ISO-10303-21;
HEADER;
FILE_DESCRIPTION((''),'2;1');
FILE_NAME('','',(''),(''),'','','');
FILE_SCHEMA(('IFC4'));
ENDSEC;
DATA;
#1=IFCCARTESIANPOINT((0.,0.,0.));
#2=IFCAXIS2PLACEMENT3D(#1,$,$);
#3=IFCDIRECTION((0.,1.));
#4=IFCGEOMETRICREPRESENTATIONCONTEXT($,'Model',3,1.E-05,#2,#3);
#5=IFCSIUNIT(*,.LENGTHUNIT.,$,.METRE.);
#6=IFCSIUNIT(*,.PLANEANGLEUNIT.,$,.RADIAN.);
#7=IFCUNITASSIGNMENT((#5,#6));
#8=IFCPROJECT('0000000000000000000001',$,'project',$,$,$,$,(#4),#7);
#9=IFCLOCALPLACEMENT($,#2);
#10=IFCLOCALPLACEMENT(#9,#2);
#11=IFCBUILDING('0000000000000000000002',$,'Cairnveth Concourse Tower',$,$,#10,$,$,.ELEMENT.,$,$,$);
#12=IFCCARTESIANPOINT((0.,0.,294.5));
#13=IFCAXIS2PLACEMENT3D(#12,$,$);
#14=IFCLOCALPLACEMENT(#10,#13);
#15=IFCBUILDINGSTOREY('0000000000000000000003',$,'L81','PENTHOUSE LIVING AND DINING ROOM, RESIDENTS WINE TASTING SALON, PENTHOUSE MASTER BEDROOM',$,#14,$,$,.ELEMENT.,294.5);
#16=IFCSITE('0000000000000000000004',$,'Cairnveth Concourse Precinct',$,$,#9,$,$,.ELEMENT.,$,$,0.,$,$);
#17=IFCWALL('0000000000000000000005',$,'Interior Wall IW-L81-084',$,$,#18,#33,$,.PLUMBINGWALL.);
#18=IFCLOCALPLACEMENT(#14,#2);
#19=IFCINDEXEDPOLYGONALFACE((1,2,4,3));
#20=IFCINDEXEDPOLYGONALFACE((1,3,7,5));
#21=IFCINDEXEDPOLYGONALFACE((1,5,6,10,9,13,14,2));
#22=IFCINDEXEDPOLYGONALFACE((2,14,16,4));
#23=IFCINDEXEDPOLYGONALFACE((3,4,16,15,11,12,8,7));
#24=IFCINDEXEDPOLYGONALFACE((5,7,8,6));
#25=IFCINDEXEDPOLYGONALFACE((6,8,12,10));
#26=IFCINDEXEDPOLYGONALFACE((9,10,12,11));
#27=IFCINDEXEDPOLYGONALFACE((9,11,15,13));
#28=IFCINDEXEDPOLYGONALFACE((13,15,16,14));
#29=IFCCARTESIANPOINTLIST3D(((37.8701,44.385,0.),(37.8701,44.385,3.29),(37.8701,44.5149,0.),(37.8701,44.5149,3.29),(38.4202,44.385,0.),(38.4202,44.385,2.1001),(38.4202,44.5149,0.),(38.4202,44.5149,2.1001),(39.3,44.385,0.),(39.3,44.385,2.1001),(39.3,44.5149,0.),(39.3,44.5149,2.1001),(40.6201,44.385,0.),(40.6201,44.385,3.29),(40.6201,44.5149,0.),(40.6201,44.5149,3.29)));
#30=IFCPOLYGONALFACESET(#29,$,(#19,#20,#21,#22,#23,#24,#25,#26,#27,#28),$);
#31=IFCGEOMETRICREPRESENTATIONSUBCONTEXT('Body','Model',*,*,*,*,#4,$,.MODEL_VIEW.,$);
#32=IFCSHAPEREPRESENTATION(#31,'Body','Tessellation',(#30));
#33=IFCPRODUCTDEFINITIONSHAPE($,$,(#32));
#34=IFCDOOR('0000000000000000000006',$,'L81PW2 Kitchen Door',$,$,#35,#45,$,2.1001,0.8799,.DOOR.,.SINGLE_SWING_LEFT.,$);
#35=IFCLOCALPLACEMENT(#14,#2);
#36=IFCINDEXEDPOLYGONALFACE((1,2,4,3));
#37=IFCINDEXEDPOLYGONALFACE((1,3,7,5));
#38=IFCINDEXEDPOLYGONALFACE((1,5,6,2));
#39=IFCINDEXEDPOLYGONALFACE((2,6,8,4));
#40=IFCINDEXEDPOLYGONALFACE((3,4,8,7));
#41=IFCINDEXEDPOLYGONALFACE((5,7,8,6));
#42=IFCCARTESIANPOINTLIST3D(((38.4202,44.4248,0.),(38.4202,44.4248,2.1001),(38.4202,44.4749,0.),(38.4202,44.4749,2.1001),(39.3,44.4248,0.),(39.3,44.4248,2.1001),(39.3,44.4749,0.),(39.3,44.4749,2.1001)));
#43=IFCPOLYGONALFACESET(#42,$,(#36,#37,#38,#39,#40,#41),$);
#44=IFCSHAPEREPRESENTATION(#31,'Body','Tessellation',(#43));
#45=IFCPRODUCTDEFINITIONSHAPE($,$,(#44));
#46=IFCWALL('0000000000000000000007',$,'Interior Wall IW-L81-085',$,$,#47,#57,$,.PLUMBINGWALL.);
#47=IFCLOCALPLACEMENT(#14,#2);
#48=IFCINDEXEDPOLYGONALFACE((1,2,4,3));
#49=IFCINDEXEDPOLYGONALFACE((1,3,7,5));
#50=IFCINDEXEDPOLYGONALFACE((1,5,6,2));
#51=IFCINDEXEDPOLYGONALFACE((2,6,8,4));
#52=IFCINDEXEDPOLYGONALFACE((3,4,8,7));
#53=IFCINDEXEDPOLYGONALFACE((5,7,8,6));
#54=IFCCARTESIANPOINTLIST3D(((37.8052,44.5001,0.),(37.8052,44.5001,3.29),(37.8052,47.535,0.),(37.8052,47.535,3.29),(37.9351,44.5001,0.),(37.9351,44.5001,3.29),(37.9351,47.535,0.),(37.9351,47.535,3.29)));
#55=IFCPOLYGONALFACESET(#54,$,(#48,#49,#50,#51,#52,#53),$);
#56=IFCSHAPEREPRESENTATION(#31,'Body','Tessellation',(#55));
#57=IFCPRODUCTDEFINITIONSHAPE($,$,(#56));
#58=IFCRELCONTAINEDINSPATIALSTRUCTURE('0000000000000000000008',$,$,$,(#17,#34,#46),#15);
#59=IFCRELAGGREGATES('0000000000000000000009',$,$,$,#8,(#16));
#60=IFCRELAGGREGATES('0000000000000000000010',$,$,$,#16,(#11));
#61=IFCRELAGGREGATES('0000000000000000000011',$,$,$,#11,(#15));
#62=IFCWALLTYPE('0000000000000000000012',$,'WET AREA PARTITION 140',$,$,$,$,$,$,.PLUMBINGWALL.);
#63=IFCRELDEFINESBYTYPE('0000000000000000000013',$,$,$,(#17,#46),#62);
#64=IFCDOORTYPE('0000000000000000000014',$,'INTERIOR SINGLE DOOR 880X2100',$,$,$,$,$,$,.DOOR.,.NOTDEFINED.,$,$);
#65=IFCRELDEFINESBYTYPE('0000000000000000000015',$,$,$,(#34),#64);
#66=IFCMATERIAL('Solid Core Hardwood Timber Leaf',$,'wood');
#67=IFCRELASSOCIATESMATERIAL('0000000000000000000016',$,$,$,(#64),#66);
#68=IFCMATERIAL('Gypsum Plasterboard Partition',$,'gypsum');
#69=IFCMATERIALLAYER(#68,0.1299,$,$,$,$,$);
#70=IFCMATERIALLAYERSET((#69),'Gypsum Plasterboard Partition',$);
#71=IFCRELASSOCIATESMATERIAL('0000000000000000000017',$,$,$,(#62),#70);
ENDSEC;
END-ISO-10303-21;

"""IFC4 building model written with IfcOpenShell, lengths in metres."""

from ifc_helpers import new_model, si_unit, direction, frame, frame_2d, origin, place, context, subcontext, project, spatial, rectangle, extrude, material, layer, layer_set, type_object, element, fill, save


model = new_model("IFC4")

# Units and contexts
model_context = context("Model", 3, precision=1e-05, world=origin(), true_north=direction((0.0, 1.0)))
body_context = subcontext(model_context, "Body", "Model", "MODEL_VIEW")
ifc_project = project(units=[si_unit("LENGTHUNIT", "METRE"), si_unit("PLANEANGLEUNIT", "RADIAN")], contexts=[model_context])

# Site, building, storey
site_placement = place(None, origin())
site = spatial("IfcSite", under=ifc_project, at=site_placement, Name="Cairnveth Concourse Precinct", CompositionType="ELEMENT", RefElevation=0.0)
building_placement = place(site_placement, origin())
building = spatial("IfcBuilding", under=site, at=building_placement, Name="Cairnveth Concourse Tower", CompositionType="ELEMENT")
storey_placement = place(building_placement, frame((0.0, 0.0, 294.5)))
storey = spatial("IfcBuildingStorey", under=building, at=storey_placement, Name="L81", Description="PENTHOUSE LIVING AND DINING ROOM, RESIDENTS WINE TASTING SALON, PENTHOUSE MASTER BEDROOM", CompositionType="ELEMENT", Elevation=294.5)

# Shared definitions
ifc_material_1 = material(Name="Gypsum Plasterboard Partition", Category="gypsum")

# Shared definitions
ifc_material_2 = material(Name="Solid Core Hardwood Timber Leaf", Category="wood")
door_type_1 = type_object("IfcDoorType", Name="INTERIOR SINGLE DOOR 880X2100", OperationType="NOTDEFINED", PredefinedType="DOOR", material=ifc_material_2)

# Shared definitions
ifc_layer_1 = layer(ifc_material_1, 0.1299)
ifc_layer_set_1 = layer_set([ifc_layer_1], Name="Gypsum Plasterboard Partition")
wall_type_1 = type_object("IfcWallType", Name="WET AREA PARTITION 140", PredefinedType="PLUMBINGWALL", material=ifc_layer_set_1)

# Wall, opening, door
wall_1_placement = place(storey_placement, frame((37.8701, 44.45, 0.0), z_axis=(0.0, 0.0, 1.0), x_axis=(1.0, 0.0, 0.0)))
wall_1 = element("IfcWall", 1, at=wall_1_placement, inside=storey, type_object=wall_type_1, Name="Interior Wall IW-L81-084", PredefinedType="PLUMBINGWALL", context=body_context, shape_type="SweptSolid", body=[
    extrude(rectangle(XDim=2.75, YDim=0.1299, at=frame_2d((1.375, 0.0))), origin(), (0.0, 0.0, 1.0), 3.29),
])
opening_1_placement = place(wall_1_placement, frame((0.55, 0.0, 0.0)))
opening_1 = element("IfcOpeningElement", 2, at=opening_1_placement, cuts=wall_1, PredefinedType="OPENING", context=body_context, shape_type="SweptSolid", body=[
    extrude(rectangle(XDim=0.8799, YDim=2.1001, at=frame_2d((0.4399, 1.05))), frame((0.0, 0.075, 0.0), z_axis=(0.0, -1.0, 0.0), x_axis=(1.0, 0.0, 0.0)), (0.0, 0.0, 1.0), 0.1499),
])
door_1_placement = place(opening_1_placement, origin())
door_1 = element("IfcDoor", 3, at=door_1_placement, inside=storey, type_object=door_type_1, Name="L81PW2 Kitchen Door", OperationType="SINGLE_SWING_LEFT", OverallHeight=2.1001, OverallWidth=0.8799, PredefinedType="DOOR", context=body_context, shape_type="SweptSolid", body=[
    extrude(rectangle(XDim=0.8799, YDim=2.1001, at=frame_2d((0.4399, 1.05))), frame((0.0, 0.0249, 0.0), z_axis=(0.0, -1.0, 0.0), x_axis=(1.0, 0.0, 0.0)), (0.0, 0.0, 1.0), 0.05),
])
fill(opening_1, door_1)

# Wall
wall_2_placement = place(storey_placement, frame((37.8701, 44.5, 0.0), z_axis=(0.0, 0.0, 1.0), x_axis=(0.0, 1.0, 0.0)))
element("IfcWall", 4, at=wall_2_placement, inside=storey, type_object=wall_type_1, Name="Interior Wall IW-L81-085", PredefinedType="PLUMBINGWALL", context=body_context, shape_type="SweptSolid", body=[
    extrude(rectangle(XDim=3.0349, YDim=0.1299, at=frame_2d((1.5176, 0.0))), origin(), (0.0, 0.0, 1.0), 3.29),
])

save(model, "model.ifc")
